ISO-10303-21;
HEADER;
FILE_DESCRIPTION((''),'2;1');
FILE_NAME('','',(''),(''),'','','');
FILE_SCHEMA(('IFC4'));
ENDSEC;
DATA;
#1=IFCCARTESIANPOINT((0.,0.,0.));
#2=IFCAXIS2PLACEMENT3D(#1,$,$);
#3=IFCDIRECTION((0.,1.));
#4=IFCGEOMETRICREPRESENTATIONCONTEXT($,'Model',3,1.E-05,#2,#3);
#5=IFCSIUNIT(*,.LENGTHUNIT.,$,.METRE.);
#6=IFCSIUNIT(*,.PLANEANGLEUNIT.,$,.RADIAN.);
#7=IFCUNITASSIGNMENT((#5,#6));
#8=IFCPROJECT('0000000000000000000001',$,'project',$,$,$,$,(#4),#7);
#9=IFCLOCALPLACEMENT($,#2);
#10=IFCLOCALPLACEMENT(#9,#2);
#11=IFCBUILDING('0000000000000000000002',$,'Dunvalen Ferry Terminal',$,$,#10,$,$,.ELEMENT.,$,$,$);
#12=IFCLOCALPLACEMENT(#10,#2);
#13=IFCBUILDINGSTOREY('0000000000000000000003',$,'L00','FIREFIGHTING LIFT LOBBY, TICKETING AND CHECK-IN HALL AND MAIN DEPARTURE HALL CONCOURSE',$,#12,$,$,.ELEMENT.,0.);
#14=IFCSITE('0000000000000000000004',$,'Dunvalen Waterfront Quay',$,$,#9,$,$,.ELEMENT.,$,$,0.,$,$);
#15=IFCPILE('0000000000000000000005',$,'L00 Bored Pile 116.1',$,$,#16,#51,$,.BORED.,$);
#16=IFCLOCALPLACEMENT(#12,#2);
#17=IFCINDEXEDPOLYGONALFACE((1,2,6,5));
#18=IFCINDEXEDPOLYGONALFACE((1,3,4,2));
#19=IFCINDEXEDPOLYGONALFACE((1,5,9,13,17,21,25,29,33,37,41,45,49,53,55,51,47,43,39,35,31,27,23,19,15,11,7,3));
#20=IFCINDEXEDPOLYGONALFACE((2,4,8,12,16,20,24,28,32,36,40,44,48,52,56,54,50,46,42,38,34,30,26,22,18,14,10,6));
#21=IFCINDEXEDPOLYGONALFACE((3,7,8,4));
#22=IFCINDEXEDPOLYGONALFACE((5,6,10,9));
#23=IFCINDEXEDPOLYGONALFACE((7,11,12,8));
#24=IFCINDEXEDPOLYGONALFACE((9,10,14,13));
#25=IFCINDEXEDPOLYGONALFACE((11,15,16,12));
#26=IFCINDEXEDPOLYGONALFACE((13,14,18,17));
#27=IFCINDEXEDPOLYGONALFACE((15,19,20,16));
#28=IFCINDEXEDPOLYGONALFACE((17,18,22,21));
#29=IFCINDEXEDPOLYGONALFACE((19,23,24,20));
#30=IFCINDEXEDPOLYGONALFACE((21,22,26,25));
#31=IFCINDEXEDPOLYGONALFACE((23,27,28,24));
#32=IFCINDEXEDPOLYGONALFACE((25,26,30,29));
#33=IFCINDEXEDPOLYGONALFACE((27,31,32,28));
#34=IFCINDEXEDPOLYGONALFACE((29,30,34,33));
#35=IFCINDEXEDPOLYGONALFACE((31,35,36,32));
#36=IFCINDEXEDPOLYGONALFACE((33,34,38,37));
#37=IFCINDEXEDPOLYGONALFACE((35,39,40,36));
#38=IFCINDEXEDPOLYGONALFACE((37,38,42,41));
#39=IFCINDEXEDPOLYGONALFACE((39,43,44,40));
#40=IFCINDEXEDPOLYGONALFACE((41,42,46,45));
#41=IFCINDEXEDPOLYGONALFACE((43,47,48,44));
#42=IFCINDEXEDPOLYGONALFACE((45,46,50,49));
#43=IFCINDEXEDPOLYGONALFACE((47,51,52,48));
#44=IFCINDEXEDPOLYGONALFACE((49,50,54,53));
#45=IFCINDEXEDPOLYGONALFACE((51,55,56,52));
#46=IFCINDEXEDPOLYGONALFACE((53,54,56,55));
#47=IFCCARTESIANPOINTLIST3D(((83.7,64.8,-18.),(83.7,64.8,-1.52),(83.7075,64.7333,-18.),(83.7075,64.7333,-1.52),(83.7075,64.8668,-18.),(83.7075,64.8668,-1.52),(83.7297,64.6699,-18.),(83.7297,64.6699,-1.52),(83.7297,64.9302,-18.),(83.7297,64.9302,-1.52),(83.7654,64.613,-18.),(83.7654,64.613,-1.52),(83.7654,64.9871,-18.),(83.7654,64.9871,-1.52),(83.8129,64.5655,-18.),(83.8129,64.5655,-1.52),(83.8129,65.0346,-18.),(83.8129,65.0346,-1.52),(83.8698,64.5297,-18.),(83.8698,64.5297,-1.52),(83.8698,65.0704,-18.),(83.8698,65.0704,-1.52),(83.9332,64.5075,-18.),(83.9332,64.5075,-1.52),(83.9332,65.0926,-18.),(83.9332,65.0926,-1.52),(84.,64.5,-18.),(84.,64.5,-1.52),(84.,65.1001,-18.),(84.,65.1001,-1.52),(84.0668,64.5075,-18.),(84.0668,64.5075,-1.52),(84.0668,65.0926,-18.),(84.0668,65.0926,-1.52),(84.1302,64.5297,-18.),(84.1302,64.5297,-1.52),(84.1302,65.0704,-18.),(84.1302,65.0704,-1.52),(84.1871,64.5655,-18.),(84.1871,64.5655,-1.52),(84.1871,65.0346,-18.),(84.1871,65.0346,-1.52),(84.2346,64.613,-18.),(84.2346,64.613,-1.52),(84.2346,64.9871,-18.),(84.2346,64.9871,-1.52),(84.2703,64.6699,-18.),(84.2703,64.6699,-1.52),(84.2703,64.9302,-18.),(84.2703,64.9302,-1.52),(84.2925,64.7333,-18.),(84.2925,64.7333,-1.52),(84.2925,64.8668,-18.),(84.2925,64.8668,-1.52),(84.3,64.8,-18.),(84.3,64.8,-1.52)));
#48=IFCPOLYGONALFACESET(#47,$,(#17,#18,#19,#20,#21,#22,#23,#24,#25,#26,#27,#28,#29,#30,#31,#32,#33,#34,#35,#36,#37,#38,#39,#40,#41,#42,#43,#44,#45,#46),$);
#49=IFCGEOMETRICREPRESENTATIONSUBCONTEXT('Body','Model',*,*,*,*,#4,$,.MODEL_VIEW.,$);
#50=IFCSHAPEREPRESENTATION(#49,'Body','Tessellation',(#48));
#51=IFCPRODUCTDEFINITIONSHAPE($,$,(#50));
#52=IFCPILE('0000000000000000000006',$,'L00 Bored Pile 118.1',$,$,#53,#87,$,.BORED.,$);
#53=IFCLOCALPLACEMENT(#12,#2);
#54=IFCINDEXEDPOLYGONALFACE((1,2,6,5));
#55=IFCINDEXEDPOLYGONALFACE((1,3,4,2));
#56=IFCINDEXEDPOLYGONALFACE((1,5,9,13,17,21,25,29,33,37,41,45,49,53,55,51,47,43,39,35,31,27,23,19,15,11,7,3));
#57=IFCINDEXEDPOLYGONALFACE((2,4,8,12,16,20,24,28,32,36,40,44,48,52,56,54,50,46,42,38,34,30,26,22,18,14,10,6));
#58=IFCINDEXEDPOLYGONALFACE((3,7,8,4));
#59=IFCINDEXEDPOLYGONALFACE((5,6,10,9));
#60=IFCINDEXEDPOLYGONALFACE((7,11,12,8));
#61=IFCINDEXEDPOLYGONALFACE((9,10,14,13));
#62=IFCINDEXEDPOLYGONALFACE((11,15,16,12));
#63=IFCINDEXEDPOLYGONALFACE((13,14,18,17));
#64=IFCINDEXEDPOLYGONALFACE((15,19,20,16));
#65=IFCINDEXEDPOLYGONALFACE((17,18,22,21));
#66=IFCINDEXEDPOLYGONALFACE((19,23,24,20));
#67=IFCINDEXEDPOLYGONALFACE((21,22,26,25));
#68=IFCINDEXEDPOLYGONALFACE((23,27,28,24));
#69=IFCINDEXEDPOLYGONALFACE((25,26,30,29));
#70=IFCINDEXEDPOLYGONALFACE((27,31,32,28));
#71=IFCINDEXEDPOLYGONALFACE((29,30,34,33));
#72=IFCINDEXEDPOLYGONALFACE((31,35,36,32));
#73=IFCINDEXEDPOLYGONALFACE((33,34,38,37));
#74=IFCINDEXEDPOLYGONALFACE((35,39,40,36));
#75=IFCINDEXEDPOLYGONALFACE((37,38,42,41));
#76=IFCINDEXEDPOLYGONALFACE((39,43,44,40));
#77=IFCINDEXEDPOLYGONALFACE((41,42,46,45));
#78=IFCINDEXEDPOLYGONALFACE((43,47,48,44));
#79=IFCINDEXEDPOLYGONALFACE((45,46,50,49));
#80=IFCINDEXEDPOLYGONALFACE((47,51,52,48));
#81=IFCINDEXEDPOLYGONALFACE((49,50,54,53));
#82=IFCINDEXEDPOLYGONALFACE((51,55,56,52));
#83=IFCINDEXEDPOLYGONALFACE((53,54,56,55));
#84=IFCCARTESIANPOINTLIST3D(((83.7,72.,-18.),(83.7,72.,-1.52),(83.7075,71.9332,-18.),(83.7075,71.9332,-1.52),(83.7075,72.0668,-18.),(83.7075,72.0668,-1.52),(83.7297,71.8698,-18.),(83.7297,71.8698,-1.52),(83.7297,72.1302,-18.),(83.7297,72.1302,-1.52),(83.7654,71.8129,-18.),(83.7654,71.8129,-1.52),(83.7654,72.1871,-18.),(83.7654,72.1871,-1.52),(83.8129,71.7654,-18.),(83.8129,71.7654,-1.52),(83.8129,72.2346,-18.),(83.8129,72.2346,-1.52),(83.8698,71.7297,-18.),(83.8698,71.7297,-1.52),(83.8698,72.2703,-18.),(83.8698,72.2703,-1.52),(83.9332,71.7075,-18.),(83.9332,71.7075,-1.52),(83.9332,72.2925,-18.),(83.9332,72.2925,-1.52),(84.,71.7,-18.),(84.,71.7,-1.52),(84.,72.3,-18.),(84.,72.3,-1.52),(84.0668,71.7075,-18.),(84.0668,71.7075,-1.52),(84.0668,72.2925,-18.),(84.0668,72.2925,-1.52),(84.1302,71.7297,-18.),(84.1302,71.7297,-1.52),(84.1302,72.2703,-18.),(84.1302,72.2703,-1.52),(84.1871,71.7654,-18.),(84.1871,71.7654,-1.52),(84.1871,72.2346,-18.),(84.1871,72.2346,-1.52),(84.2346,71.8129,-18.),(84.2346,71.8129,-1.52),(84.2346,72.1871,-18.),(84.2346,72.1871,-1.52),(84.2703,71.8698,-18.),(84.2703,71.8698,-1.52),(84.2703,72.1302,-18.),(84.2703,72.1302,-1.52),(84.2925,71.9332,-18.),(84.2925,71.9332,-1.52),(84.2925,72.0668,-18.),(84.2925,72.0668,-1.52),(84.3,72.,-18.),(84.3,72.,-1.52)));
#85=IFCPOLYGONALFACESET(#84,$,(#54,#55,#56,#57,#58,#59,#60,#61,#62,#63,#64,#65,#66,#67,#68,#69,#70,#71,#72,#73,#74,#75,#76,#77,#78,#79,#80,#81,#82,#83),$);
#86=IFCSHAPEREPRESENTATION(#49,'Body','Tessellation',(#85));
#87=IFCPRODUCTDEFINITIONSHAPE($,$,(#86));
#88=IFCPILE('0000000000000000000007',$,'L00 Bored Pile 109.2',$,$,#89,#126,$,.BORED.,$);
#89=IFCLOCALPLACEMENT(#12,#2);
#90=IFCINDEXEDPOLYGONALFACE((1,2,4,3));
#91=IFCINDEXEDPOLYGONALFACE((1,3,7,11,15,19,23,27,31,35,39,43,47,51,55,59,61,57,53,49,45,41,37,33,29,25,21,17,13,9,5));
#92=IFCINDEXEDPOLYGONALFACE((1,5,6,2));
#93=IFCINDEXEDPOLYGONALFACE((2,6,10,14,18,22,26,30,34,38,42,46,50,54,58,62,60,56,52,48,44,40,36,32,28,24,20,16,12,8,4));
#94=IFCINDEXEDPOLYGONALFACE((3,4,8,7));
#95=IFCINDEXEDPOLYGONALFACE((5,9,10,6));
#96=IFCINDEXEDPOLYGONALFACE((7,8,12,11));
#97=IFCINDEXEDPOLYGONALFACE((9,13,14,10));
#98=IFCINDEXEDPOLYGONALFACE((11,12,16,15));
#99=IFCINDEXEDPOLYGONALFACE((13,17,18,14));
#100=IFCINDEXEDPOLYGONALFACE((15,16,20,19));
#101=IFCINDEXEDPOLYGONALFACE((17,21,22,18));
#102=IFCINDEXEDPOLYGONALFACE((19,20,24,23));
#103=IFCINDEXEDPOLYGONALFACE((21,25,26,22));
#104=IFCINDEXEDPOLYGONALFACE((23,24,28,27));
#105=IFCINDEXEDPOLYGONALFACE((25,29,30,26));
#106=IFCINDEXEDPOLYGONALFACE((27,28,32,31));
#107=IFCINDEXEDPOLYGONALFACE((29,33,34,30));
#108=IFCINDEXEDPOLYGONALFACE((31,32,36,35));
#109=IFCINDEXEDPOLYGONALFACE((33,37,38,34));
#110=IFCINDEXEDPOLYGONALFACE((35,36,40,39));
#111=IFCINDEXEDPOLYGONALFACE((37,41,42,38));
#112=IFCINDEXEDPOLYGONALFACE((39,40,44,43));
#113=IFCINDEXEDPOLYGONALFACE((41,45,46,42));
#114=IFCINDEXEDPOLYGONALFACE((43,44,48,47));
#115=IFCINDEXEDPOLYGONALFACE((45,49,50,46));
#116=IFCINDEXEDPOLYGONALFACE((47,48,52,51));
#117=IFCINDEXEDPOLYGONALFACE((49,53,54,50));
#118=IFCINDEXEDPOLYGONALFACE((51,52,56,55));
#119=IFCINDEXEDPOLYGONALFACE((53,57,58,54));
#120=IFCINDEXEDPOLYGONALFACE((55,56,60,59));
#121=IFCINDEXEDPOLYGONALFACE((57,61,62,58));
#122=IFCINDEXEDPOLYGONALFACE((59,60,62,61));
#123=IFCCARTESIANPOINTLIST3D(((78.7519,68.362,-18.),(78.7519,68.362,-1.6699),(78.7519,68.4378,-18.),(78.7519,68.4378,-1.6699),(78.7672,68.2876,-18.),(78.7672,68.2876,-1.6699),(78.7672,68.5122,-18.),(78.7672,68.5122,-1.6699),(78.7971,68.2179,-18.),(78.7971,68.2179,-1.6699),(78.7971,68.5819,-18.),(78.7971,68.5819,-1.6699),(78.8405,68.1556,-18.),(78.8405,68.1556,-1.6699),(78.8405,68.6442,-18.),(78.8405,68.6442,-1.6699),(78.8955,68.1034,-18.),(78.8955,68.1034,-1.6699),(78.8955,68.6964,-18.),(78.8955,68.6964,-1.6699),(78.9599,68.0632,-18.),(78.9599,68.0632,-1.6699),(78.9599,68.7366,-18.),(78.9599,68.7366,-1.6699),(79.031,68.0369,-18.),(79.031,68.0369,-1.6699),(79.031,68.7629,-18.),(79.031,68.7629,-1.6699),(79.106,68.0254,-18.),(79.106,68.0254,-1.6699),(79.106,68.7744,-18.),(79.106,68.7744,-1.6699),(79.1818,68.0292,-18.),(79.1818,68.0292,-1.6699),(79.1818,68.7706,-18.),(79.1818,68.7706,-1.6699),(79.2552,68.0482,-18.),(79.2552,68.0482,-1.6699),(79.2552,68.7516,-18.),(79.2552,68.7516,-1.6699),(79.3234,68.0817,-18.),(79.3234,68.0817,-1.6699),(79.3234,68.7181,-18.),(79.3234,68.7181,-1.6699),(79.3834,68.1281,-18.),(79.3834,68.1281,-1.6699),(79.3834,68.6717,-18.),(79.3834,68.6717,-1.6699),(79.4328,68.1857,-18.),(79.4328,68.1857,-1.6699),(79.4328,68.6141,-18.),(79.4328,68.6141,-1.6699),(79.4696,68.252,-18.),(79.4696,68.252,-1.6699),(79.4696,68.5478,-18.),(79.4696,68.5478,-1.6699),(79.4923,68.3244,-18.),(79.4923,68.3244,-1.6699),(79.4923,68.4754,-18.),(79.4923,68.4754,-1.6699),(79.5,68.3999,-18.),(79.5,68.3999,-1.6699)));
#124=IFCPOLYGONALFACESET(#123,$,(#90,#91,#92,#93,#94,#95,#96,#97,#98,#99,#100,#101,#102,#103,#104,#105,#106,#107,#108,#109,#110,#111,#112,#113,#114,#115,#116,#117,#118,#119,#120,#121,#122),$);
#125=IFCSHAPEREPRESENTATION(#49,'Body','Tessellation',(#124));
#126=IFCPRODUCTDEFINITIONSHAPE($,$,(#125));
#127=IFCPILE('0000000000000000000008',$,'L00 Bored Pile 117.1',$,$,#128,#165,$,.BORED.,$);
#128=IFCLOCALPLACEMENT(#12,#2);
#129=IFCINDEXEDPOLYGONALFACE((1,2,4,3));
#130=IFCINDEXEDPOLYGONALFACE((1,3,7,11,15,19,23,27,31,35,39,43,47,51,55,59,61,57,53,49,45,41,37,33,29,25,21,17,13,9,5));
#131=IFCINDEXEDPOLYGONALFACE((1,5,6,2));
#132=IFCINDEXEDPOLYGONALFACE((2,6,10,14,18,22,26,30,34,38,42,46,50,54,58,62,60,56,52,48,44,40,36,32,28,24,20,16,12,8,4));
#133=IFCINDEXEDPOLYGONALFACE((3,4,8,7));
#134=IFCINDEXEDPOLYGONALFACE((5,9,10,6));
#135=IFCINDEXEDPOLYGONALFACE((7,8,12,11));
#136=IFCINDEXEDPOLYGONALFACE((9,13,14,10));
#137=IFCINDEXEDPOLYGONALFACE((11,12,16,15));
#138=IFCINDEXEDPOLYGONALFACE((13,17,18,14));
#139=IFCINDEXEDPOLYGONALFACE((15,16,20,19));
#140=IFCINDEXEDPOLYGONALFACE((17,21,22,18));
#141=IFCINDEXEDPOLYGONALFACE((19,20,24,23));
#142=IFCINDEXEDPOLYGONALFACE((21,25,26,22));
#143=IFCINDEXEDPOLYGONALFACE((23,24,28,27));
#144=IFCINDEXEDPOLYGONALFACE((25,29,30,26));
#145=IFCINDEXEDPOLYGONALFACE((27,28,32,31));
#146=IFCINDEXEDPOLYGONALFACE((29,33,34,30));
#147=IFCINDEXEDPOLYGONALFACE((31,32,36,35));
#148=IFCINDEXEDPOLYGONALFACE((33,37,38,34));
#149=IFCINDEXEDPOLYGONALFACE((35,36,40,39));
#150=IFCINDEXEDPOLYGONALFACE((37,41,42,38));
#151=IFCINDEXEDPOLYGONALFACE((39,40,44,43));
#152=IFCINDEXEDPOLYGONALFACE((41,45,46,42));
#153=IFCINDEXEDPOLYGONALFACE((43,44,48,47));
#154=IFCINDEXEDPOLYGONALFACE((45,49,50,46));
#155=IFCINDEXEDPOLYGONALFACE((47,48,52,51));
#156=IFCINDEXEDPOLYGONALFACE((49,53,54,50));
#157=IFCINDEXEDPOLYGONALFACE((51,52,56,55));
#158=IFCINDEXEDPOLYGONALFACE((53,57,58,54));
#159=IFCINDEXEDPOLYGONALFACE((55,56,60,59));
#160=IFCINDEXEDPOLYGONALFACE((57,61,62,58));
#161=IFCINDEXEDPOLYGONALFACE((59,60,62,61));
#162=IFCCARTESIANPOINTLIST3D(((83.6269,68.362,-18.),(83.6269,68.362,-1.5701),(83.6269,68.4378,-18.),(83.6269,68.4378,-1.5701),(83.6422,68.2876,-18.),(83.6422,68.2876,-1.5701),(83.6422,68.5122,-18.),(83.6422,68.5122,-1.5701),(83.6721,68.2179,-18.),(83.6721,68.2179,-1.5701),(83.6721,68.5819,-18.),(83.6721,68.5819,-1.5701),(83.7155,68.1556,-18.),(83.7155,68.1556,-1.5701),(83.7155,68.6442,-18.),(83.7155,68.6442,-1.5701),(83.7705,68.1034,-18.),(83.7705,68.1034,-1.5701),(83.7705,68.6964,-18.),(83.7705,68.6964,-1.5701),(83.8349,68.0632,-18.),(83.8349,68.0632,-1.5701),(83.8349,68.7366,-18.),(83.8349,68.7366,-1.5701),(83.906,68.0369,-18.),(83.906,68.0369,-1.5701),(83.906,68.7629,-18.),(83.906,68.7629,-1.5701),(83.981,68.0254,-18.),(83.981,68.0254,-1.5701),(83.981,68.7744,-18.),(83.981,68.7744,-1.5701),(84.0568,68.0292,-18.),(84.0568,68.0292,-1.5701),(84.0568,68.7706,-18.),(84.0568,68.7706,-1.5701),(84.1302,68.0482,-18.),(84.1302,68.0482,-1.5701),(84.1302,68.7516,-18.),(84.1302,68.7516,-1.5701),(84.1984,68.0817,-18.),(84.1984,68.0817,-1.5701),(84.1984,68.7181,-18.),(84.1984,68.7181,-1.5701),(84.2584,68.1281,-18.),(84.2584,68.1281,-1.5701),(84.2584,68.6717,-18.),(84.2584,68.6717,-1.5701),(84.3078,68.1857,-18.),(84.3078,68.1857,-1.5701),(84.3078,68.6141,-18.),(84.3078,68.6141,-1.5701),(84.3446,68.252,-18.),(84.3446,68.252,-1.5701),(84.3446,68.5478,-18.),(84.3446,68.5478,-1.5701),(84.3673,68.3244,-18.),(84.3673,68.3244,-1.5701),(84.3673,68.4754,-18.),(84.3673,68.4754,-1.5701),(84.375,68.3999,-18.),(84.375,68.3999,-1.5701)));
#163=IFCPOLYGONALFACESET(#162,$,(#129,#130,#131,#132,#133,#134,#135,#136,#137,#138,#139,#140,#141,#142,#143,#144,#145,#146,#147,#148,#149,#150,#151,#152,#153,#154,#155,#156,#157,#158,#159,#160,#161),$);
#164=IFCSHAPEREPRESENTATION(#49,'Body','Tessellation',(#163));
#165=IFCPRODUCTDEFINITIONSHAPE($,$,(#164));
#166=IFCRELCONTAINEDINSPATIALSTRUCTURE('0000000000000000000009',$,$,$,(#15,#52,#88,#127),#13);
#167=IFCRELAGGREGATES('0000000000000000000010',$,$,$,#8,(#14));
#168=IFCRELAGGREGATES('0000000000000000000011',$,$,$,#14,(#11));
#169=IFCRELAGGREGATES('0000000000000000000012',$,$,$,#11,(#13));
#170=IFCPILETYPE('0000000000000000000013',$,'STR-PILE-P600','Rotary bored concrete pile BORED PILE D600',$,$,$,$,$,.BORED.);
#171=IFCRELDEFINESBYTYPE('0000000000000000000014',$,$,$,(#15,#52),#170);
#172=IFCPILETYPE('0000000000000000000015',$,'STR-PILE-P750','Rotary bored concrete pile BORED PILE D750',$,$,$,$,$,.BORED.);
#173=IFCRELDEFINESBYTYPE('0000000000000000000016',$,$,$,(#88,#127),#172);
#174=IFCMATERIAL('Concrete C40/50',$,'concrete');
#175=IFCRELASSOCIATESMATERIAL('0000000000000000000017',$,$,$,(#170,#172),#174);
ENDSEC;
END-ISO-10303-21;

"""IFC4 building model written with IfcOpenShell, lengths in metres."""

from ifc_helpers import new_model, si_unit, direction, frame, origin, origin_2d, place, context, subcontext, project, spatial, circle, extrude, material, material_profile, profile_set, type_object, element, save


model = new_model("IFC4")

# Units and contexts
model_context = context("Model", 3, precision=1e-05, world=origin(), true_north=direction((0.0, 1.0)))
body_context = subcontext(model_context, "Body", "Model", "MODEL_VIEW")
ifc_project = project(units=[si_unit("LENGTHUNIT", "METRE"), si_unit("PLANEANGLEUNIT", "RADIAN")], contexts=[model_context])

# Site, building, storey
site_placement = place(None, origin())
site = spatial("IfcSite", under=ifc_project, at=site_placement, Name="Dunvalen Waterfront Quay", CompositionType="ELEMENT", RefElevation=0.0)
building_placement = place(site_placement, origin())
building = spatial("IfcBuilding", under=site, at=building_placement, Name="Dunvalen Ferry Terminal", CompositionType="ELEMENT")
storey_placement = place(building_placement, origin())
storey = spatial("IfcBuildingStorey", under=building, at=storey_placement, Name="L00", Description="FIREFIGHTING LIFT LOBBY, TICKETING AND CHECK-IN HALL AND MAIN DEPARTURE HALL CONCOURSE", CompositionType="ELEMENT", Elevation=0.0)

# Shared definitions
ifc_material_1 = material(Name="Concrete C40/50", Category="concrete")

# Piles
ifc_material_profile_1 = material_profile(ifc_material_1, circle(Radius=0.3, at=origin_2d()), Name="Concrete C40/50")
ifc_profile_set_1 = profile_set([ifc_material_profile_1], Name="Concrete C40/50")
pile_type_1 = type_object("IfcPileType", Name="STR-PILE-P600", Description="Rotary bored concrete pile BORED PILE D600", PredefinedType="BORED", material=ifc_profile_set_1)
for number, where, z_axis, x_axis, name in (
    (1, (84.0, 64.8, -1.52), (0.0, 0.0, -1.0), (1.0, 0.0, 0.0), "L00 Bored Pile 116.1"),
    (2, (84.0, 72.0, -1.52), (0.0, 0.0, -1.0), (1.0, 0.0, 0.0), "L00 Bored Pile 118.1"),
):
    element("IfcPile", number, at=place(storey_placement, frame(where, z_axis=z_axis, x_axis=x_axis)), inside=storey, type_object=pile_type_1, Name=name, PredefinedType="BORED", context=body_context, shape_type="SweptSolid", body=[
        extrude(circle(Radius=0.3, at=origin_2d()), origin(), (0.0, 0.0, 1.0), 16.48),
    ])
ifc_material_profile_2 = material_profile(ifc_material_1, circle(Radius=0.375, at=origin_2d()), Name="Concrete C40/50")
ifc_profile_set_2 = profile_set([ifc_material_profile_2], Name="Concrete C40/50")
pile_type_2 = type_object("IfcPileType", Name="STR-PILE-P750", Description="Rotary bored concrete pile BORED PILE D750", PredefinedType="BORED", material=ifc_profile_set_2)
pile_1_placement = place(storey_placement, frame((79.125, 68.3999, -1.6699), z_axis=(0.0, 0.0, -1.0), x_axis=(1.0, 0.0, 0.0)))
element("IfcPile", 3, at=pile_1_placement, inside=storey, type_object=pile_type_2, Name="L00 Bored Pile 109.2", PredefinedType="BORED", context=body_context, shape_type="SweptSolid", body=[
    extrude(circle(Radius=0.375, at=origin_2d()), origin(), (0.0, 0.0, 1.0), 16.3301),
])
pile_2_placement = place(storey_placement, frame((84.0, 68.3999, -1.5701), z_axis=(0.0, 0.0, -1.0), x_axis=(1.0, 0.0, 0.0)))
element("IfcPile", 4, at=pile_2_placement, inside=storey, type_object=pile_type_2, Name="L00 Bored Pile 117.1", PredefinedType="BORED", context=body_context, shape_type="SweptSolid", body=[
    extrude(circle(Radius=0.375, at=origin_2d()), origin(), (0.0, 0.0, 1.0), 16.4299),
])

save(model, "model.ifc")
